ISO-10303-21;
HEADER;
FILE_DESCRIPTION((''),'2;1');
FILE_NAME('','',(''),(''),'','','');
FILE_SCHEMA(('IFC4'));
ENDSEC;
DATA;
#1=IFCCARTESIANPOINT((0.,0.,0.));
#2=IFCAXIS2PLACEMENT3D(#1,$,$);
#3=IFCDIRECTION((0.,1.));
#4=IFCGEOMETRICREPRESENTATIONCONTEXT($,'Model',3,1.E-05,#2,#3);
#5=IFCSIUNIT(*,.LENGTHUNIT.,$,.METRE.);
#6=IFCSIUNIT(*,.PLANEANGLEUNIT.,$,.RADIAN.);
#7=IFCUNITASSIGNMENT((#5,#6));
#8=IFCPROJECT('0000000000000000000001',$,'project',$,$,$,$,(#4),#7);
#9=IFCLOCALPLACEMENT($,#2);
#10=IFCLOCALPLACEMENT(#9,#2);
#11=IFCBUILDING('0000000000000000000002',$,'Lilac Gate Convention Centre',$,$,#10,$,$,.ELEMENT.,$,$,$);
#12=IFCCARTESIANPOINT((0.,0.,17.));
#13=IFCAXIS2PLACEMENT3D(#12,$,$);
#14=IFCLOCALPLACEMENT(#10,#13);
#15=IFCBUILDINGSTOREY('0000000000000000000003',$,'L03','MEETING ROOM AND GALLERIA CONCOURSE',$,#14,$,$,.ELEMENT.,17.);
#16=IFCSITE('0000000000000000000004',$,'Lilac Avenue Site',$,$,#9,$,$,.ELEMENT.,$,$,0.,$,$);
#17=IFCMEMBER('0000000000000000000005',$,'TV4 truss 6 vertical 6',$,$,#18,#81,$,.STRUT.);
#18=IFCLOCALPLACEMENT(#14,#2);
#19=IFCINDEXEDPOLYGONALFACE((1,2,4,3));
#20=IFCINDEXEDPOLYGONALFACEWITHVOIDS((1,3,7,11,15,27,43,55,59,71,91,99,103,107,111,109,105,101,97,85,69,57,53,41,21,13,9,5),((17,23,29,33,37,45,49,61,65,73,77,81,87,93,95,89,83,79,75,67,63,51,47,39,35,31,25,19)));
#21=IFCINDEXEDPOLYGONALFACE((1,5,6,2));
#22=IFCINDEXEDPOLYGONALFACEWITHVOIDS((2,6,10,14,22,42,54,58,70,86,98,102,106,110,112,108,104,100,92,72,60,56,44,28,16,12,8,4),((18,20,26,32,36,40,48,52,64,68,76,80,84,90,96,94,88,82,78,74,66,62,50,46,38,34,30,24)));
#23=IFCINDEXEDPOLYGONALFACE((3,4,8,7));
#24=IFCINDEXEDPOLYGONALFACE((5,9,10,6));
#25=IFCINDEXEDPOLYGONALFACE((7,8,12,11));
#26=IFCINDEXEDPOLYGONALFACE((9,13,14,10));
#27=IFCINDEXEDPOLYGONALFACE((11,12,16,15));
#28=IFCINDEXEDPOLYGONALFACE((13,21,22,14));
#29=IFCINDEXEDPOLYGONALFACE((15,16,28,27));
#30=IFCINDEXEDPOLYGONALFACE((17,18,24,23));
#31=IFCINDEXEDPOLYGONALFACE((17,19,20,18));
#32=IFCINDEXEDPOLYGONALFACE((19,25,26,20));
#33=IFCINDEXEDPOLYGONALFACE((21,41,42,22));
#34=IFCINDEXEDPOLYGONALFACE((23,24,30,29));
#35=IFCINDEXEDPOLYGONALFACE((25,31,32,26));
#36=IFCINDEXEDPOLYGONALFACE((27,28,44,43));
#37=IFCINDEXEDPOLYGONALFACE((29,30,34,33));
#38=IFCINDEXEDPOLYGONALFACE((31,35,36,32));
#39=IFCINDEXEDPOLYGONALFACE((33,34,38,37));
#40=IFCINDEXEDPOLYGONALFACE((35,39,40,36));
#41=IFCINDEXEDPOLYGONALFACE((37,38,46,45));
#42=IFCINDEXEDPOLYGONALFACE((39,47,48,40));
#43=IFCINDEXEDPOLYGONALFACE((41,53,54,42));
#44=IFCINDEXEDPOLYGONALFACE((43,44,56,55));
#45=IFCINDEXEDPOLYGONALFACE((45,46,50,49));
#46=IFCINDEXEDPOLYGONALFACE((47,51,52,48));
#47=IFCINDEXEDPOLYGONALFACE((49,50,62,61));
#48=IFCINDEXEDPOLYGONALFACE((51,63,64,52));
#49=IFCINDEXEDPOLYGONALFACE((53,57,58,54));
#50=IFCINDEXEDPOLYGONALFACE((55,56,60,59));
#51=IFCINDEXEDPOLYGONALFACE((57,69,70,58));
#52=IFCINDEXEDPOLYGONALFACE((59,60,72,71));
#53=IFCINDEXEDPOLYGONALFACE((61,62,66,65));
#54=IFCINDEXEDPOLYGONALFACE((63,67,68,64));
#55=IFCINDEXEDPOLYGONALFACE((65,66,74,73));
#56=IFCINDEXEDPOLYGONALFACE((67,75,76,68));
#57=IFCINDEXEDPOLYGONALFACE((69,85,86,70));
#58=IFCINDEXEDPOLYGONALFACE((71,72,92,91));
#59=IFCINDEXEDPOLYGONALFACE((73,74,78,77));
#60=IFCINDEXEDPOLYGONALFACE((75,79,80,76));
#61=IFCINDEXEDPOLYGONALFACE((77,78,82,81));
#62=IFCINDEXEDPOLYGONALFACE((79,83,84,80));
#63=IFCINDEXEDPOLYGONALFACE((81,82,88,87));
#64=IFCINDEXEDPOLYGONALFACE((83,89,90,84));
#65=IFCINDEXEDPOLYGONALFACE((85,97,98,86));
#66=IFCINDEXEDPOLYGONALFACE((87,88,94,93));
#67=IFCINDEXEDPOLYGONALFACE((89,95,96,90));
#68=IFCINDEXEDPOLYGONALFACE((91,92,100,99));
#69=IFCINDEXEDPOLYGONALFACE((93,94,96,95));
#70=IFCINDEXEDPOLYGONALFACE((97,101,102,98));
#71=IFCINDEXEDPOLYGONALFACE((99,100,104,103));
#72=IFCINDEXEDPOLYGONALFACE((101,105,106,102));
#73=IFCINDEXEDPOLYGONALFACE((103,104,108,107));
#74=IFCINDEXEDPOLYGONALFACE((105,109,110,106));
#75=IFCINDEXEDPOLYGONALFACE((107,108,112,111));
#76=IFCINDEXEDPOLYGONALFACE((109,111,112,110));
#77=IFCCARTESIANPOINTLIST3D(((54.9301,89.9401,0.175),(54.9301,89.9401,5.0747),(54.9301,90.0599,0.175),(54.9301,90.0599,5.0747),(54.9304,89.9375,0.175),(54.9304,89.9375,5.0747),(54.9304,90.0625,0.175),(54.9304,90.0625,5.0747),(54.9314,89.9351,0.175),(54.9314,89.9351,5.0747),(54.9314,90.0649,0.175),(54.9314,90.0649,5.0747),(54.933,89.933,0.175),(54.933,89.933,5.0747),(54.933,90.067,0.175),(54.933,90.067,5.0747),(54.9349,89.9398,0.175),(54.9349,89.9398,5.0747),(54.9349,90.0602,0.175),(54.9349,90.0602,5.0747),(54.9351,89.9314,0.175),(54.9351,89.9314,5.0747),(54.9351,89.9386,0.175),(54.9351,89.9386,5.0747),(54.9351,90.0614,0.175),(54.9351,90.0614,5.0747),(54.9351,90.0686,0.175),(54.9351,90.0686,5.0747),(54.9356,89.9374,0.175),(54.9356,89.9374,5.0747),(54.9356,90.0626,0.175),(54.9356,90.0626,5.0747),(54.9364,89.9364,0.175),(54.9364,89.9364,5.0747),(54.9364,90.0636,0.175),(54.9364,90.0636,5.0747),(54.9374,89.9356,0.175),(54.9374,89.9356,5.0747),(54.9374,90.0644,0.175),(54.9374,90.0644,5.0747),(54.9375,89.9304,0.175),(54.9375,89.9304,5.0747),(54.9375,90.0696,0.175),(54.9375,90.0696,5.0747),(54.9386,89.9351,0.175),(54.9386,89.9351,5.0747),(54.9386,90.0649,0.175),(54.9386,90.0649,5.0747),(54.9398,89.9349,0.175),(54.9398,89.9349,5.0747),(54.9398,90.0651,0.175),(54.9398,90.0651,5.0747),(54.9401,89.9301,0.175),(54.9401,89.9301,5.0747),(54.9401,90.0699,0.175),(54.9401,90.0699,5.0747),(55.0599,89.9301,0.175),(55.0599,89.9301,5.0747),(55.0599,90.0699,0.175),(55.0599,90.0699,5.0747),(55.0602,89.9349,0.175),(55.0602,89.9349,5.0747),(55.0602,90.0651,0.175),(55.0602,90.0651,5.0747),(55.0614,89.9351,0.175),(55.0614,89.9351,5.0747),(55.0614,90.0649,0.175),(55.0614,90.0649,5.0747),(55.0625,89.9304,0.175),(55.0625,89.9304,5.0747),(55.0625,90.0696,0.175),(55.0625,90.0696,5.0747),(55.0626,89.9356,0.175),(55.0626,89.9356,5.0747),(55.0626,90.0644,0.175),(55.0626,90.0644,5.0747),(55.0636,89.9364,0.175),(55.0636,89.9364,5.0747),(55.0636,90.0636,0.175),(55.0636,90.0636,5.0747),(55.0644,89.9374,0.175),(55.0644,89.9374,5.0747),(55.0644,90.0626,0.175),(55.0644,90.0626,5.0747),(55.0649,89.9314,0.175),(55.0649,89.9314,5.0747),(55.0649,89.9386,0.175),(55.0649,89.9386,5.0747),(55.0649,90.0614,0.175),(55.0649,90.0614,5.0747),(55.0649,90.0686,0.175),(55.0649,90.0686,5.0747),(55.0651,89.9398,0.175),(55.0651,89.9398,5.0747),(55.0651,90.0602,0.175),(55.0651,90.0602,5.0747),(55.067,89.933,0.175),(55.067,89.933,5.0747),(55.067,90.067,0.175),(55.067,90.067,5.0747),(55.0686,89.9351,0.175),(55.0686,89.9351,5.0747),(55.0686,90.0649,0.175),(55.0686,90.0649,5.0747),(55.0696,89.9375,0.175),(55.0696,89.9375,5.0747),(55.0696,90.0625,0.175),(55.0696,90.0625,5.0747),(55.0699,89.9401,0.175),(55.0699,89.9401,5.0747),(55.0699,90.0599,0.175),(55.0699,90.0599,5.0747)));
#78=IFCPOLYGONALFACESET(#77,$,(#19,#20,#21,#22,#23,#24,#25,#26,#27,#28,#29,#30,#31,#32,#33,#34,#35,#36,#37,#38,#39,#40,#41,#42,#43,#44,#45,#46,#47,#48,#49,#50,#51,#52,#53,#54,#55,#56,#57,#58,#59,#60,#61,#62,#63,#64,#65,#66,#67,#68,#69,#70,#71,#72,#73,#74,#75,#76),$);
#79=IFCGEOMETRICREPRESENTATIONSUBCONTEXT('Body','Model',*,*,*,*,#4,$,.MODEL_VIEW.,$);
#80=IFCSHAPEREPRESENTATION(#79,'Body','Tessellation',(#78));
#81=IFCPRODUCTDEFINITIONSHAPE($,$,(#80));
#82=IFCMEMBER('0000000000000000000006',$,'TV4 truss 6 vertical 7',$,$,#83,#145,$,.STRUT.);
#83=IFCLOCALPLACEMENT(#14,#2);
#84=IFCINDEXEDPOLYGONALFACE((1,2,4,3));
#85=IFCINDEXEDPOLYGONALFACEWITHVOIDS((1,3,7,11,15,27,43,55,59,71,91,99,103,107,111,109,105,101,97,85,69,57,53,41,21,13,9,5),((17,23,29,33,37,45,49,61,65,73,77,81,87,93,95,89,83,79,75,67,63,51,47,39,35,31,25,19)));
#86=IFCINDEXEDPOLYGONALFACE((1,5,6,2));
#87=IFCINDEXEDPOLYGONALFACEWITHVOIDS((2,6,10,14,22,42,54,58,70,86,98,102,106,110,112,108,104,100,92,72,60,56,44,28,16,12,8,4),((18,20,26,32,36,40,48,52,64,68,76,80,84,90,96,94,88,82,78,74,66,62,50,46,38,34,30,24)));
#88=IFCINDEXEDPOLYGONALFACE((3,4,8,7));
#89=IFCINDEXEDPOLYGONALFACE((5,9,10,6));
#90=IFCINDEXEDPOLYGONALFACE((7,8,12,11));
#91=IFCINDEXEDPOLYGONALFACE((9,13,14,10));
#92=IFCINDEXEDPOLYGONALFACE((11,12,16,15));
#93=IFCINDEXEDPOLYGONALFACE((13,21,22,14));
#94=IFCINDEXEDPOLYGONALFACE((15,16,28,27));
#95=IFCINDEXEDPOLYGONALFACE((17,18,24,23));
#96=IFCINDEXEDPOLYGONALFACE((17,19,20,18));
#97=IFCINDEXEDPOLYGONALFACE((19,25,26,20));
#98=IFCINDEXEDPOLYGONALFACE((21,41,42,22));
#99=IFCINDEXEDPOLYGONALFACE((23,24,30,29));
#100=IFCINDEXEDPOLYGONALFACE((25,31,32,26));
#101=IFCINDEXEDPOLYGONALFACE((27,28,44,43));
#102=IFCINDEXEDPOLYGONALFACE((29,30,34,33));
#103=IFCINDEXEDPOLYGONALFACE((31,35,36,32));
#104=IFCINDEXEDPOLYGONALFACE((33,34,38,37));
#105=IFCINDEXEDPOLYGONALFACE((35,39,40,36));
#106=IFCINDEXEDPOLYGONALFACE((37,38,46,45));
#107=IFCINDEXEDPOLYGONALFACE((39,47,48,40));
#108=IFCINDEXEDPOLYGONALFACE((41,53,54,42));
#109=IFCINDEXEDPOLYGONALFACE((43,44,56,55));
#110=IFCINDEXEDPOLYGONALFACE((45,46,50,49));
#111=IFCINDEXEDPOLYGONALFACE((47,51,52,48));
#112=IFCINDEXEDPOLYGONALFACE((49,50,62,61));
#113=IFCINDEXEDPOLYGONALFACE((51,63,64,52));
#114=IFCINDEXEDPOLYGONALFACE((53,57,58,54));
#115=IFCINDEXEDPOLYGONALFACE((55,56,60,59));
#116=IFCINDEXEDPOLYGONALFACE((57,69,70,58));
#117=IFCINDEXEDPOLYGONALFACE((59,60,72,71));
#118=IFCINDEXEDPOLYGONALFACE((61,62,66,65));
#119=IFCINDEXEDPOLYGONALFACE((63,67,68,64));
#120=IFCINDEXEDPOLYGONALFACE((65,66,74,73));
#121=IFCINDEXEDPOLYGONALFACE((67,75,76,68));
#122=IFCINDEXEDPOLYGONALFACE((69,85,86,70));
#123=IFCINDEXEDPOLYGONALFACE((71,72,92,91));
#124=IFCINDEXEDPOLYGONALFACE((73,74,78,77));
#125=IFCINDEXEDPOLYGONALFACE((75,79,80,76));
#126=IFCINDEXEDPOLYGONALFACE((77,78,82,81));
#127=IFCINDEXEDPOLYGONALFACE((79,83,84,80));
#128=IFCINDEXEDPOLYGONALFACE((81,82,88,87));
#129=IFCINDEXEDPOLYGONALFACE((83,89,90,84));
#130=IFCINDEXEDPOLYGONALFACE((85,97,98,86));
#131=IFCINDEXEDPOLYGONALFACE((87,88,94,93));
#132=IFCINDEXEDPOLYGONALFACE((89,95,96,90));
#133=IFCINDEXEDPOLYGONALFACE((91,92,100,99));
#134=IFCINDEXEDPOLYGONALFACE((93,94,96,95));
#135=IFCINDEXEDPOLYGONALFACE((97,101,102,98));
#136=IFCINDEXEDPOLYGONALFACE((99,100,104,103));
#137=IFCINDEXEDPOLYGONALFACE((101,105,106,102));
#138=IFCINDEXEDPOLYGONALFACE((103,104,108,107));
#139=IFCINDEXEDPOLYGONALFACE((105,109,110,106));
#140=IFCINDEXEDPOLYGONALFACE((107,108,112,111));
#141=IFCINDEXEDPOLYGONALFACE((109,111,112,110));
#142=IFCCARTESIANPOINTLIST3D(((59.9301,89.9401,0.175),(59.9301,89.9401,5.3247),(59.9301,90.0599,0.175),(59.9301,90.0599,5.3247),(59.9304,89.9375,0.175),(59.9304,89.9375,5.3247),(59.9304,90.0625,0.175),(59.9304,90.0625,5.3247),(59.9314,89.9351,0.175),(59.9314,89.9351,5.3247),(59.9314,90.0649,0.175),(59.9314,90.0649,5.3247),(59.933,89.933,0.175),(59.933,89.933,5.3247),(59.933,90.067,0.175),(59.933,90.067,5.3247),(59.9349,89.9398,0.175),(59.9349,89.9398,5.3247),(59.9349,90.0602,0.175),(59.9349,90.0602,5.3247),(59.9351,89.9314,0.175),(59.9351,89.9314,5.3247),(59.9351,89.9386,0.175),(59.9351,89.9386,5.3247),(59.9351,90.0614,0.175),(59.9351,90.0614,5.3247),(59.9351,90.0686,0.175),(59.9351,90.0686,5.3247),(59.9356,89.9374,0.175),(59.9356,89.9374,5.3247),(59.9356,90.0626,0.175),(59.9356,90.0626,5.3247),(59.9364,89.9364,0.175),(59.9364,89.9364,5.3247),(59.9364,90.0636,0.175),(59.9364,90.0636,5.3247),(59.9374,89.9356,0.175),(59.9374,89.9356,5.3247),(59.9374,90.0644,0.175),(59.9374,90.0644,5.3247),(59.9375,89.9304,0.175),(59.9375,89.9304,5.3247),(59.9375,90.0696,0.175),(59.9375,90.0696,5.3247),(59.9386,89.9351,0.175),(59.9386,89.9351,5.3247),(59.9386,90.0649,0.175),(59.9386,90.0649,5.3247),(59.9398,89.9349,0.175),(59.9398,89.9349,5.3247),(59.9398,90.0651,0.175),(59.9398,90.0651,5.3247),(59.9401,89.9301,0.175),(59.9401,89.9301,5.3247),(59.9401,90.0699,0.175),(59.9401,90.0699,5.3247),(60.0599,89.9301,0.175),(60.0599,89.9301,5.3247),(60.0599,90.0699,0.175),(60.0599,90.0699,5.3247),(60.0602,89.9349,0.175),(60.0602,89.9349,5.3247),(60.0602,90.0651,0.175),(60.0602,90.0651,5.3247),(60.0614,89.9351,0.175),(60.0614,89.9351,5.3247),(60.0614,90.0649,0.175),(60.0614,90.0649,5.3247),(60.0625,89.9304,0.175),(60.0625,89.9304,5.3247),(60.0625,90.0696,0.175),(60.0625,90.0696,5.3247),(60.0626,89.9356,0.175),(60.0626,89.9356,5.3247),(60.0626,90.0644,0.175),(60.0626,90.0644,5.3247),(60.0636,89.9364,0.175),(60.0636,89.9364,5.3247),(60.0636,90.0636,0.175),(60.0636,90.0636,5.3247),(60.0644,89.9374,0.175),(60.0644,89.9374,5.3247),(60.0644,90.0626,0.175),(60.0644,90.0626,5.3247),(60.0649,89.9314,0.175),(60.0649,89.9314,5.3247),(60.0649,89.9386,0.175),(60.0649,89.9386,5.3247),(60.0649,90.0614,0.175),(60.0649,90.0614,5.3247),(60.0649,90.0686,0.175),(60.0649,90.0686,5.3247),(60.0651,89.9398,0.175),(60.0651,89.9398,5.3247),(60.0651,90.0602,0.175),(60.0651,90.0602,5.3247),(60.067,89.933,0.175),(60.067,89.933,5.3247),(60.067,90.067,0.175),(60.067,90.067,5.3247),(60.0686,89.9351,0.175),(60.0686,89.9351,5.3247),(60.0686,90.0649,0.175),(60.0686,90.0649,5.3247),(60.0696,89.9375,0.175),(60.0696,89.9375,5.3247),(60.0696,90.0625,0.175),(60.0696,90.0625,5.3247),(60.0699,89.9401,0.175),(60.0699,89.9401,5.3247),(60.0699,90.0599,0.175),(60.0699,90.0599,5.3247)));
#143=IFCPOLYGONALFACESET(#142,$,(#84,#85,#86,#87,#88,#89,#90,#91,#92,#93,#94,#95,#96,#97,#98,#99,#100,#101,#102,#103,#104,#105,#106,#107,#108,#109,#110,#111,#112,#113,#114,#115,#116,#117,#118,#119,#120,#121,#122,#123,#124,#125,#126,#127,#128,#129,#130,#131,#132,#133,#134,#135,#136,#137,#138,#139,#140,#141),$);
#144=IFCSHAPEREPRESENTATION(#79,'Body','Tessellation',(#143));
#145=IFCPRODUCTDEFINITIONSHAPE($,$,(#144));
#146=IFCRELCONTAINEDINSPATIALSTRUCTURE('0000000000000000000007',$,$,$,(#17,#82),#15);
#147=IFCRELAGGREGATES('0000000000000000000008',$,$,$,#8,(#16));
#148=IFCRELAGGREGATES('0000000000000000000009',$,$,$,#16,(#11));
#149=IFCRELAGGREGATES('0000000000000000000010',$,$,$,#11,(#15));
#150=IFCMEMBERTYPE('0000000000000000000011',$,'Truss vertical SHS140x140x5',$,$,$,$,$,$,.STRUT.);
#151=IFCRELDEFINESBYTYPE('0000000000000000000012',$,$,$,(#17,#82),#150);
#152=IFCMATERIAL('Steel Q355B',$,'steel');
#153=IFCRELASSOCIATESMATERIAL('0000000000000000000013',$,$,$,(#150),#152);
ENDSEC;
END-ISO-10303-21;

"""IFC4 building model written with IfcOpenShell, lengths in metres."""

from ifc_helpers import new_model, si_unit, direction, frame, origin, origin_2d, place, context, subcontext, project, spatial, hollow_rectangle, extrude, material, material_profile, profile_set, type_object, element, save


model = new_model("IFC4")

# Units and contexts
model_context = context("Model", 3, precision=1e-05, world=origin(), true_north=direction((0.0, 1.0)))
body_context = subcontext(model_context, "Body", "Model", "MODEL_VIEW")
ifc_project = project(units=[si_unit("LENGTHUNIT", "METRE"), si_unit("PLANEANGLEUNIT", "RADIAN")], contexts=[model_context])

# Site, building, storey
site_placement = place(None, origin())
site = spatial("IfcSite", under=ifc_project, at=site_placement, Name="Lilac Avenue Site", CompositionType="ELEMENT", RefElevation=0.0)
building_placement = place(site_placement, origin())
building = spatial("IfcBuilding", under=site, at=building_placement, Name="Lilac Gate Convention Centre", CompositionType="ELEMENT")
storey_placement = place(building_placement, frame((0.0, 0.0, 17.0)))
storey = spatial("IfcBuildingStorey", under=building, at=storey_placement, Name="L03", Description="MEETING ROOM AND GALLERIA CONCOURSE", CompositionType="ELEMENT", Elevation=17.0)

# Members
ifc_material = material(Name="Steel Q355B", Category="steel")
ifc_material_profile_1 = material_profile(ifc_material, hollow_rectangle(XDim=0.1399, YDim=0.1399, WallThickness=0.0049, InnerFilletRadius=0.0049, OuterFilletRadius=0.01, at=origin_2d()), Name="SHS140x140x5")
ifc_profile_set_1 = profile_set([ifc_material_profile_1], Name="Steel Q355B")
member_type_1 = type_object("IfcMemberType", Name="Truss vertical SHS140x140x5", PredefinedType="STRUT", material=ifc_profile_set_1)
member_1_placement = place(storey_placement, frame((55.0, 90.0, 0.175), z_axis=(0.0, 0.0, 1.0), x_axis=(1.0, 0.0, 0.0)))
element("IfcMember", 1, at=member_1_placement, inside=storey, type_object=member_type_1, Name="TV4 truss 6 vertical 6", PredefinedType="STRUT", context=body_context, shape_type="SweptSolid", body=[
    extrude(hollow_rectangle(XDim=0.1399, YDim=0.1399, WallThickness=0.0049, InnerFilletRadius=0.0049, OuterFilletRadius=0.01, at=origin_2d()), origin(), (0.0, 0.0, 1.0), 4.8997),
])
member_2_placement = place(storey_placement, frame((60.0, 90.0, 0.175), z_axis=(0.0, 0.0, 1.0), x_axis=(1.0, 0.0, 0.0)))
element("IfcMember", 2, at=member_2_placement, inside=storey, type_object=member_type_1, Name="TV4 truss 6 vertical 7", PredefinedType="STRUT", context=body_context, shape_type="SweptSolid", body=[
    extrude(hollow_rectangle(XDim=0.1399, YDim=0.1399, WallThickness=0.0049, InnerFilletRadius=0.0049, OuterFilletRadius=0.01, at=origin_2d()), origin(), (0.0, 0.0, 1.0), 5.1497),
])

save(model, "model.ifc")
